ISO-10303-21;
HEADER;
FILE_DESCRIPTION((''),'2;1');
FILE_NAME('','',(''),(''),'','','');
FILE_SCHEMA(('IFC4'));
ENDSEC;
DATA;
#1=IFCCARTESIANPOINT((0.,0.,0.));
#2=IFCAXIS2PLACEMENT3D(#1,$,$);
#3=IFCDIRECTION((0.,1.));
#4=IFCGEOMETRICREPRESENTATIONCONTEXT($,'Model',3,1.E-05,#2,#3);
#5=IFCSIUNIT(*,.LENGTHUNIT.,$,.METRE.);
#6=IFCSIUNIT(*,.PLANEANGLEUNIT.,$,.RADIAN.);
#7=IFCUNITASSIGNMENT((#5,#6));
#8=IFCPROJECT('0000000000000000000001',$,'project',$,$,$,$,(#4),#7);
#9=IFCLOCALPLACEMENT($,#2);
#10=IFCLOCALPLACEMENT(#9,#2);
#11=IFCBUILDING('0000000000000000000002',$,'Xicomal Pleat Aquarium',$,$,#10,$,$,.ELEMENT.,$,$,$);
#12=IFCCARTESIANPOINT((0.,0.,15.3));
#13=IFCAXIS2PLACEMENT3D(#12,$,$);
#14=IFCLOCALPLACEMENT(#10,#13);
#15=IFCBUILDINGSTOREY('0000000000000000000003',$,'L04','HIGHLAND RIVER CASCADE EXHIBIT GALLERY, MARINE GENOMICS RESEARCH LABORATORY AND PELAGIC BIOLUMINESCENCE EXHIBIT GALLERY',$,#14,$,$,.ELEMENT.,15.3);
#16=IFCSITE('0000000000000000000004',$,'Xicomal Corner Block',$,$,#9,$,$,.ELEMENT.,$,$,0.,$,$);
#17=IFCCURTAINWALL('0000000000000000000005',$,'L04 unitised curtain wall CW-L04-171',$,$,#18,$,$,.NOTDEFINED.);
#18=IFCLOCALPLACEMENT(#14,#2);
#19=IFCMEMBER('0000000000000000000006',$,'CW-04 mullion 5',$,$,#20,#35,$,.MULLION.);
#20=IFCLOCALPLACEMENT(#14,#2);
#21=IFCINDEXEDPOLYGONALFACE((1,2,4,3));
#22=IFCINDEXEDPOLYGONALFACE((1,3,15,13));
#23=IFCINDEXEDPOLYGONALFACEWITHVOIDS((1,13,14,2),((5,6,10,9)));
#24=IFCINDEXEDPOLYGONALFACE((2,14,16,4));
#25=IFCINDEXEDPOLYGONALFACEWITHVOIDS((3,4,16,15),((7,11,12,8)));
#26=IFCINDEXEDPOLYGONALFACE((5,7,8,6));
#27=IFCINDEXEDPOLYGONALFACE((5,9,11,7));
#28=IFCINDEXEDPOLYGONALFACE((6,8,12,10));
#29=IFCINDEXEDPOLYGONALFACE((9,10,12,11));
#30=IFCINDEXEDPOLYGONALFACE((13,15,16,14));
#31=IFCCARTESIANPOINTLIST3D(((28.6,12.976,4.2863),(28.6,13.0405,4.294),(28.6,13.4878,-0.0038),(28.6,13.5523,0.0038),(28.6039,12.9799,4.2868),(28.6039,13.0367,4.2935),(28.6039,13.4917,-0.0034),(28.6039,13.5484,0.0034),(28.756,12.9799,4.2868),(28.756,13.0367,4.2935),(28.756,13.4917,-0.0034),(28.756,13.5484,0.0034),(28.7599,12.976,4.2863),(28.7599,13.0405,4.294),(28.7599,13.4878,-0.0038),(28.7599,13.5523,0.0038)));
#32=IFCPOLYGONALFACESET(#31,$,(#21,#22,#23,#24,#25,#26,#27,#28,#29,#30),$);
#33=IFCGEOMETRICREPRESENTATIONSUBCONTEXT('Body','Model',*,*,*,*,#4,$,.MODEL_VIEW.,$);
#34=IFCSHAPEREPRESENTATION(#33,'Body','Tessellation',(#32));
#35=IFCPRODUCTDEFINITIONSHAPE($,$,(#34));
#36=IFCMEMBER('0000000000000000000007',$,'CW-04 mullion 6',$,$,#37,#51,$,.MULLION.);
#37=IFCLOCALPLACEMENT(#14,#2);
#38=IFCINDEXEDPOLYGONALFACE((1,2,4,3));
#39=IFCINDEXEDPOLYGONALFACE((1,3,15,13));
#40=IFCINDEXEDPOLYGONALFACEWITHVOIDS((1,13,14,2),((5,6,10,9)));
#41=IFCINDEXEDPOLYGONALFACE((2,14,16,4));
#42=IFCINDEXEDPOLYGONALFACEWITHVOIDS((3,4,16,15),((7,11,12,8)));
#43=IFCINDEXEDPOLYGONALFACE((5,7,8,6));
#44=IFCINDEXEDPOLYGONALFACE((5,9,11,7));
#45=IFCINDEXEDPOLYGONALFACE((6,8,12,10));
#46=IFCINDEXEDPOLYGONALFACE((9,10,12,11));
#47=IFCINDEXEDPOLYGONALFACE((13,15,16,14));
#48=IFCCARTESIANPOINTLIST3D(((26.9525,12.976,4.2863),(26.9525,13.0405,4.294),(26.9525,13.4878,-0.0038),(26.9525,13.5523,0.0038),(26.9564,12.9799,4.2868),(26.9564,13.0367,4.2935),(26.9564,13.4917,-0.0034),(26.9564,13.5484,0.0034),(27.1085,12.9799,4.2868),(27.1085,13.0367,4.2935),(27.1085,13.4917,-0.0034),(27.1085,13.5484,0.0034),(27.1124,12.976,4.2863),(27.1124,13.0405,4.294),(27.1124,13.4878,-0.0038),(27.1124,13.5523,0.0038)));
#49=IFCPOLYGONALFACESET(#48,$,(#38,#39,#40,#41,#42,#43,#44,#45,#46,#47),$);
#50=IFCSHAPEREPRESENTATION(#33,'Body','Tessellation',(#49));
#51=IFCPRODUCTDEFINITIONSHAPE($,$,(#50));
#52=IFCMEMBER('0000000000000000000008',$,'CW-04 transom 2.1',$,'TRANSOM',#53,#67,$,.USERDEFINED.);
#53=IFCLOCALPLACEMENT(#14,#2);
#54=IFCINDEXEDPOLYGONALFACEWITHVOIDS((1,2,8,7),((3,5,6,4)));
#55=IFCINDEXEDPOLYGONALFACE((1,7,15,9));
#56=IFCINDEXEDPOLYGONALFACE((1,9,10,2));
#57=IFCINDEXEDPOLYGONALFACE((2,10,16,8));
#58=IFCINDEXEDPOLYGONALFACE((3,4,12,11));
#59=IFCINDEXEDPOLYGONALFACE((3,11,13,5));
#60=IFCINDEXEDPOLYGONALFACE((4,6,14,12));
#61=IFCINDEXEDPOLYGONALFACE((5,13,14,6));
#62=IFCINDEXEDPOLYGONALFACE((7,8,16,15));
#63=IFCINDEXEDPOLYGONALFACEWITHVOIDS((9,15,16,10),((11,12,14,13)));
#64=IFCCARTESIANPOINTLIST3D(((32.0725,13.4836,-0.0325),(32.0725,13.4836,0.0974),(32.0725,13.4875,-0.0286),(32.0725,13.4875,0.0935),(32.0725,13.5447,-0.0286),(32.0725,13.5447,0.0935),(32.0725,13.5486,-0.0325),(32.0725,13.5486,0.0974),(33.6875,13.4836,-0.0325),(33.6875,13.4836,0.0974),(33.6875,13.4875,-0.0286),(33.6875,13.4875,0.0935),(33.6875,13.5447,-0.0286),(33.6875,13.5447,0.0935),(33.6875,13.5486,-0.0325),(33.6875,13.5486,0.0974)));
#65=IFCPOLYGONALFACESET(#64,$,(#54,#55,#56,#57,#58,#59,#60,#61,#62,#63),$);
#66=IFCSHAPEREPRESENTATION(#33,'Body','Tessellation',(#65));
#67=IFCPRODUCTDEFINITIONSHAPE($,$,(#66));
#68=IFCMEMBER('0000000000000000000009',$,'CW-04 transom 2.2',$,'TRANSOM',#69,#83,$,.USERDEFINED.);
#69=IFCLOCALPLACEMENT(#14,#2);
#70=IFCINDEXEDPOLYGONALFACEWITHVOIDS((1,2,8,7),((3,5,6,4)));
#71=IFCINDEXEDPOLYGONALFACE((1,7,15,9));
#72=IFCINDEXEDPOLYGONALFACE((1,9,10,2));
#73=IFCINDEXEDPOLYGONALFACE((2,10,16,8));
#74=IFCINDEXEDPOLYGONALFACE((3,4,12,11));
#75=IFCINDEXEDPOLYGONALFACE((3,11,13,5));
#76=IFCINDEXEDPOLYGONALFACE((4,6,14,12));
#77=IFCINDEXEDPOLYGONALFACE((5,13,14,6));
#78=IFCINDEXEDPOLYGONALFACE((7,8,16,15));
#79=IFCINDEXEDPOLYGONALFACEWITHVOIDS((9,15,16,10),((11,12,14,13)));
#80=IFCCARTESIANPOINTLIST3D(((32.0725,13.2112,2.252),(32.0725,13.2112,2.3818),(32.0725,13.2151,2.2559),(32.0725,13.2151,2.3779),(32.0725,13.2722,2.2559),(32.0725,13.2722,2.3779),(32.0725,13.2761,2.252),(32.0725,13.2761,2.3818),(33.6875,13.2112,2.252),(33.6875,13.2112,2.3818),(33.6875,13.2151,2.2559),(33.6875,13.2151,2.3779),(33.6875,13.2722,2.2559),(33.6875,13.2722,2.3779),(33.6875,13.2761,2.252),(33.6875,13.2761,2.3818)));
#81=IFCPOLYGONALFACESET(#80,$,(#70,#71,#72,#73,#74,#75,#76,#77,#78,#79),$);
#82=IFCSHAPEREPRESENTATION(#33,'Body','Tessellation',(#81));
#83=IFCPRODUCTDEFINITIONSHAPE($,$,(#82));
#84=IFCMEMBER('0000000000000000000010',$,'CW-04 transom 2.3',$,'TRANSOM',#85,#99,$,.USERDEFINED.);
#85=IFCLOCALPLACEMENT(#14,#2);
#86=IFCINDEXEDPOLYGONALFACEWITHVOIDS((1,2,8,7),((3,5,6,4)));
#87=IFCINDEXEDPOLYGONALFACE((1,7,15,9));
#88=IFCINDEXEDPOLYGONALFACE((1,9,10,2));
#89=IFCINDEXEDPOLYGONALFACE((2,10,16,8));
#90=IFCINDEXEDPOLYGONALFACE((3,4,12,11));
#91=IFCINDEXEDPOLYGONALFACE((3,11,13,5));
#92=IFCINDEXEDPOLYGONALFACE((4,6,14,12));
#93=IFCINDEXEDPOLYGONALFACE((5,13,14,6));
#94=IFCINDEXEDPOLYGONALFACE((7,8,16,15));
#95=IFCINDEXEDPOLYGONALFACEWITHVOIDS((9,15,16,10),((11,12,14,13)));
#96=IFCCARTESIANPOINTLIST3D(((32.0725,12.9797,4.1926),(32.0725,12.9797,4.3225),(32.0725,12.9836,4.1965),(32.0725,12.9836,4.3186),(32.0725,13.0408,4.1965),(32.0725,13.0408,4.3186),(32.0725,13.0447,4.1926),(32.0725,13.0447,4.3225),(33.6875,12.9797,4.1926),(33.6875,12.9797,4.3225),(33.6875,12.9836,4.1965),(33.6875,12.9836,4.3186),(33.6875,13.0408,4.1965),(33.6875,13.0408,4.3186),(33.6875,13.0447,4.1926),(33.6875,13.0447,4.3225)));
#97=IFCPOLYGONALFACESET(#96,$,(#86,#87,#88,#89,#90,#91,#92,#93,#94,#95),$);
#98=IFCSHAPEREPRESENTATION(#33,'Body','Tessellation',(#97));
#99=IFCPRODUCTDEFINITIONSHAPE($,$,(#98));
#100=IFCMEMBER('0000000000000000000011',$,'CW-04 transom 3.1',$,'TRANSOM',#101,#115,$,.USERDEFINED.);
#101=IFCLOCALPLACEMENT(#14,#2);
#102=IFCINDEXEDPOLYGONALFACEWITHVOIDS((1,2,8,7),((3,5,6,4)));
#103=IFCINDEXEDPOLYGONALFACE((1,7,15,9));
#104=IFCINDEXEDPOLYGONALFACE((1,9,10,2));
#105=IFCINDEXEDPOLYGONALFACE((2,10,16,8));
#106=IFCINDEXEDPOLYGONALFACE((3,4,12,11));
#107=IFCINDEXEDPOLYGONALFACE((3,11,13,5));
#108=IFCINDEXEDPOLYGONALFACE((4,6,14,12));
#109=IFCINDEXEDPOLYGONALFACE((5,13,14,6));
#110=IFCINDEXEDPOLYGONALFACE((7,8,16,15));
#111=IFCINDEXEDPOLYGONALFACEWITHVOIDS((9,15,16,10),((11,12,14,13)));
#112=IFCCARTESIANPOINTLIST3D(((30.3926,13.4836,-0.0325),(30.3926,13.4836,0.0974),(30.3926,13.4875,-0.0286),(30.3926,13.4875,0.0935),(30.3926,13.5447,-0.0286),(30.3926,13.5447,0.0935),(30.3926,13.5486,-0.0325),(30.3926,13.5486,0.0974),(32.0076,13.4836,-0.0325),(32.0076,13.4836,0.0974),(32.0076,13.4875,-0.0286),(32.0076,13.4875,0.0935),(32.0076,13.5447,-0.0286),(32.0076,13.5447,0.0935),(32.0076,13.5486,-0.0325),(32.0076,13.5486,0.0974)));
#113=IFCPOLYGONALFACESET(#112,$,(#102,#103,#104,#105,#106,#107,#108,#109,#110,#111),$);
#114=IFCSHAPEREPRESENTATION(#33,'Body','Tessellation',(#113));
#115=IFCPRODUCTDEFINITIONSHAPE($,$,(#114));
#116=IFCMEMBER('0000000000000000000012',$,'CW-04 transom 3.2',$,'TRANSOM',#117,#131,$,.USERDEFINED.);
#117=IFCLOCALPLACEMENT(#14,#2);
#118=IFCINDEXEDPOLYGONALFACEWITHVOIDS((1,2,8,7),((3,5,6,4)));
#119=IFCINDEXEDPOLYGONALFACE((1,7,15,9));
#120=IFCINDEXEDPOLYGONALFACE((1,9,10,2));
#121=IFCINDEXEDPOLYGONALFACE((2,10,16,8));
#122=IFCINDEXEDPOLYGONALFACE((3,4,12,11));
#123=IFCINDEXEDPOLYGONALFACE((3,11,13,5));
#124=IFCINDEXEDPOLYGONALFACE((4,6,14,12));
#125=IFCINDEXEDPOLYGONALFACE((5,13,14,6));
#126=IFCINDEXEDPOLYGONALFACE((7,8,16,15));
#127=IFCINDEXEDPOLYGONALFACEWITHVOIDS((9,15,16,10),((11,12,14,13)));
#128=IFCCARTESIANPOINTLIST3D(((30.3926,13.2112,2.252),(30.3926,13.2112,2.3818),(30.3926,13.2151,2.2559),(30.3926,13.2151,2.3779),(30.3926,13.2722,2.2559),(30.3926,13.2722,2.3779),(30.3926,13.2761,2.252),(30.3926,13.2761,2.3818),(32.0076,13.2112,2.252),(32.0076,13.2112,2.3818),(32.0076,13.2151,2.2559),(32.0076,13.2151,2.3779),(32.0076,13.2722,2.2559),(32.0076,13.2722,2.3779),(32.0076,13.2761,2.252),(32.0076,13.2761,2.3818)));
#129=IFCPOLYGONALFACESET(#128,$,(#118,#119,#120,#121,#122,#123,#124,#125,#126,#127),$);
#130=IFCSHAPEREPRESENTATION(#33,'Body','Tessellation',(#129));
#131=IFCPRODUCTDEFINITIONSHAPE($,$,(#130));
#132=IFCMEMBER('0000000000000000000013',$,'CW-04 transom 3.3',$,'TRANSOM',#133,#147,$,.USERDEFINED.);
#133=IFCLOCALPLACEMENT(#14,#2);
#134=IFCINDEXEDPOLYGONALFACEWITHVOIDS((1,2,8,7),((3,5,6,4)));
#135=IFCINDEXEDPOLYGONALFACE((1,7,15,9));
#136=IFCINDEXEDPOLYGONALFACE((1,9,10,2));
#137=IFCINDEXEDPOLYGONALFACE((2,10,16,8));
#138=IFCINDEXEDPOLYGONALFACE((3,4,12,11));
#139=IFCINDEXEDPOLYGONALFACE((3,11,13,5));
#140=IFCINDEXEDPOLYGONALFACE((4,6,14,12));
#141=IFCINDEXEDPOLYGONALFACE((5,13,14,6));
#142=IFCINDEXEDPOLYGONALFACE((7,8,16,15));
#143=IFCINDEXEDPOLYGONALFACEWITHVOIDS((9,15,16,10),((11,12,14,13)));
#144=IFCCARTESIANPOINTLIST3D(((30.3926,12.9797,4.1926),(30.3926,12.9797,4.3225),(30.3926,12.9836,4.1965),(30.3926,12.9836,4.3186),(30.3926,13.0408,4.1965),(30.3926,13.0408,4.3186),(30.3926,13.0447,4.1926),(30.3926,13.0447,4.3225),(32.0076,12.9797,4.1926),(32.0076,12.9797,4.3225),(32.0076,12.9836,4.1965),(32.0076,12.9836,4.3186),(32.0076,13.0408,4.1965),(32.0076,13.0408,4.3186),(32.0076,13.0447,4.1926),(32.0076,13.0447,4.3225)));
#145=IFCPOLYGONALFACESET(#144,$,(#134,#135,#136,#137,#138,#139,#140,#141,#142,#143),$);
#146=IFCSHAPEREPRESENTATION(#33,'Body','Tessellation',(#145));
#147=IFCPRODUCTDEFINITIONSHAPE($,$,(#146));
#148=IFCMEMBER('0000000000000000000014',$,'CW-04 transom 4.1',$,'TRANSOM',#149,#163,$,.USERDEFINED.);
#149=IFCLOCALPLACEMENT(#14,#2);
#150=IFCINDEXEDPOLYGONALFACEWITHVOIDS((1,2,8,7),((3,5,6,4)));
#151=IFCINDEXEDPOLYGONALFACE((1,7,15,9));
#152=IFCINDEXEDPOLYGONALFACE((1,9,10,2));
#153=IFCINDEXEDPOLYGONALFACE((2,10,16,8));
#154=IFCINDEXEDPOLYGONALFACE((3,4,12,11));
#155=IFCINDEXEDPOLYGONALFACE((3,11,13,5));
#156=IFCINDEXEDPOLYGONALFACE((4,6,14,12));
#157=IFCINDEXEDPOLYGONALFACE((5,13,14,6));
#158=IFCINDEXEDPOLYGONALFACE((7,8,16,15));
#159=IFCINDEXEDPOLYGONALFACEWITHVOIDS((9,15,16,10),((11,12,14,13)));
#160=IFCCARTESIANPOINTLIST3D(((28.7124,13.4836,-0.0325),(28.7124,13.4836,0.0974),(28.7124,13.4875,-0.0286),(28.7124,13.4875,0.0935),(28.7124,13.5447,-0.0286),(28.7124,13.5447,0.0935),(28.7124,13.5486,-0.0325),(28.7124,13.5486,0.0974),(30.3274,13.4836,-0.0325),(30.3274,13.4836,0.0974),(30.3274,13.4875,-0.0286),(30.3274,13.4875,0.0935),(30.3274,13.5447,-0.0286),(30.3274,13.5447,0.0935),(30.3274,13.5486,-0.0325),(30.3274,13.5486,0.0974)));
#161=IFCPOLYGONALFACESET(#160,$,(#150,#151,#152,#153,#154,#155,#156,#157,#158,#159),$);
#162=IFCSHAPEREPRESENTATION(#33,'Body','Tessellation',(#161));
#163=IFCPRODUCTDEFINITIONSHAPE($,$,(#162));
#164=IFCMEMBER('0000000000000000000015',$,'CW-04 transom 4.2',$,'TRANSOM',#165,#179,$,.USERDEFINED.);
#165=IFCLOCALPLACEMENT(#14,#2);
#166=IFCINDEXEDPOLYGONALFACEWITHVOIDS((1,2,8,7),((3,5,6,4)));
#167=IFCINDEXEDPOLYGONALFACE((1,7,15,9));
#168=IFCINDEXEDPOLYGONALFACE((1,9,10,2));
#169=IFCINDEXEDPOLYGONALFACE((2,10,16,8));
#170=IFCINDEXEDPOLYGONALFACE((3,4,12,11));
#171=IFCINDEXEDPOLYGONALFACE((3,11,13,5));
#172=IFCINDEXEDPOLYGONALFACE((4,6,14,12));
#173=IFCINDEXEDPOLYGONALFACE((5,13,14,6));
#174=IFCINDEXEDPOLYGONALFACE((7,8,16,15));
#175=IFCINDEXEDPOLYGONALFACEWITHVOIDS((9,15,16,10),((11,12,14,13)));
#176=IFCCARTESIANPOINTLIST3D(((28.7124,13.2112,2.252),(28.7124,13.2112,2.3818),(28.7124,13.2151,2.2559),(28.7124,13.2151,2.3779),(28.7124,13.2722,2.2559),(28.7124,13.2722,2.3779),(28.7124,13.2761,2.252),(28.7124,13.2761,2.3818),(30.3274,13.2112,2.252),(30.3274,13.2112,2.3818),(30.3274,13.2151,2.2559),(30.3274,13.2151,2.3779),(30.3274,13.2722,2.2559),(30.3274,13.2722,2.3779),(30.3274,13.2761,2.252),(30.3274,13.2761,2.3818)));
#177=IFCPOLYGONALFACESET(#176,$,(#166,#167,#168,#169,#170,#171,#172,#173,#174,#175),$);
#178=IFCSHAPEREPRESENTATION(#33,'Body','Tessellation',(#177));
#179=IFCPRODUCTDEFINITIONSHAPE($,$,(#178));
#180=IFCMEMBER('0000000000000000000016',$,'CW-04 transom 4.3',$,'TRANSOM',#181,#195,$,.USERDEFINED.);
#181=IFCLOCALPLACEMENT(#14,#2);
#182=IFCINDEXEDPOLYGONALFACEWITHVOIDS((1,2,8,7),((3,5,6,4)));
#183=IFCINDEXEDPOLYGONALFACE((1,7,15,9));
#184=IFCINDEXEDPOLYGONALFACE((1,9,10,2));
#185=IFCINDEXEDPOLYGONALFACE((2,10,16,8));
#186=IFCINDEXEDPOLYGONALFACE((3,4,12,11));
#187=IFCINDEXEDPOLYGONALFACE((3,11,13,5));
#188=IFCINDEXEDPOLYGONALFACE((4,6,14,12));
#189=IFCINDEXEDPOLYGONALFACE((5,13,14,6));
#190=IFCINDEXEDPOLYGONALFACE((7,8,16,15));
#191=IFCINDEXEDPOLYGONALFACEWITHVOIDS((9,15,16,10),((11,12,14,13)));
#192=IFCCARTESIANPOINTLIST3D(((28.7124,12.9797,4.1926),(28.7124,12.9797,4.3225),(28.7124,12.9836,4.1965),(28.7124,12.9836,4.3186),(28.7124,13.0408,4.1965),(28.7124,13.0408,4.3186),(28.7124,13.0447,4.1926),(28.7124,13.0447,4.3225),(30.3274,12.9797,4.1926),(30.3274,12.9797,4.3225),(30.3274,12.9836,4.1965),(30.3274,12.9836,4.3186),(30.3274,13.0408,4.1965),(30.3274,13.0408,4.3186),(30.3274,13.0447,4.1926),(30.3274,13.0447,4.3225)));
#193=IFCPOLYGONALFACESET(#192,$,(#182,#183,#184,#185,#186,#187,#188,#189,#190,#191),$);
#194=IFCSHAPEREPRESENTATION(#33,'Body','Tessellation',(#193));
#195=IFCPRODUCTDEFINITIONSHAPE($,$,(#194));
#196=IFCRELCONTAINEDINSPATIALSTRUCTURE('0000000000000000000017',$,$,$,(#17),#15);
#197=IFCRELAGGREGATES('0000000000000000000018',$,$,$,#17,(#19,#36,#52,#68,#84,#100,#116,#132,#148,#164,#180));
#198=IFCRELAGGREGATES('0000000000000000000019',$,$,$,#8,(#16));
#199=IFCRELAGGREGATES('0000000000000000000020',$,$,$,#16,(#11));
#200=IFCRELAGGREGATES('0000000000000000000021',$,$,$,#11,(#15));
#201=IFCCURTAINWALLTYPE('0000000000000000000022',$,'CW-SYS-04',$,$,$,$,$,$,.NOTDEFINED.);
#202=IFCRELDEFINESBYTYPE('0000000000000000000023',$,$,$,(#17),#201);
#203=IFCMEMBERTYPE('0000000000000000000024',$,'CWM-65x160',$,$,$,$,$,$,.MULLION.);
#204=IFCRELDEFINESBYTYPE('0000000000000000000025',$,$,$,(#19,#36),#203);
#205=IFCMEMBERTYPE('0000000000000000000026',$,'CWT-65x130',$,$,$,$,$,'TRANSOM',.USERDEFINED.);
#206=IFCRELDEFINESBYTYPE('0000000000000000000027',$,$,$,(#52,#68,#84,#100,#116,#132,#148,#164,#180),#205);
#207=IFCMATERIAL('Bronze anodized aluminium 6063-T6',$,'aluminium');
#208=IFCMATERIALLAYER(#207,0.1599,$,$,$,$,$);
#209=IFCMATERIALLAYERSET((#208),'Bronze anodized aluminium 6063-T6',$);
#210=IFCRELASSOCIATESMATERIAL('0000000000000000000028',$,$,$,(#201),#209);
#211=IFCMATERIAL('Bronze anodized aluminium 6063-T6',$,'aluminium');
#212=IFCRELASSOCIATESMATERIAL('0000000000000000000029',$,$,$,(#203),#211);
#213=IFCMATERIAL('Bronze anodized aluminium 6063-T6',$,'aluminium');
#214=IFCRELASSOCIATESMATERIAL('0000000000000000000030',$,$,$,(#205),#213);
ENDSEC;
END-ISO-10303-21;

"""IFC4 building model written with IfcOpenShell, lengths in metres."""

from ifc_helpers import new_model, si_unit, direction, frame, origin, origin_2d, place, context, subcontext, project, spatial, hollow_rectangle, extrude, material, layer, layer_set, material_profile, profile_set, type_object, element, aggregate, save


model = new_model("IFC4")

# Units and contexts
model_context = context("Model", 3, precision=1e-05, world=origin(), true_north=direction((0.0, 1.0)))
body_context = subcontext(model_context, "Body", "Model", "MODEL_VIEW")
ifc_project = project(units=[si_unit("LENGTHUNIT", "METRE"), si_unit("PLANEANGLEUNIT", "RADIAN")], contexts=[model_context])

# Site, building, storey
site_placement = place(None, origin())
site = spatial("IfcSite", under=ifc_project, at=site_placement, Name="Xicomal Corner Block", CompositionType="ELEMENT", RefElevation=0.0)
building_placement = place(site_placement, origin())
building = spatial("IfcBuilding", under=site, at=building_placement, Name="Xicomal Pleat Aquarium", CompositionType="ELEMENT")
storey_placement = place(building_placement, frame((0.0, 0.0, 15.3)))
storey = spatial("IfcBuildingStorey", under=building, at=storey_placement, Name="L04", Description="HIGHLAND RIVER CASCADE EXHIBIT GALLERY, MARINE GENOMICS RESEARCH LABORATORY AND PELAGIC BIOLUMINESCENCE EXHIBIT GALLERY", CompositionType="ELEMENT", Elevation=15.3)

# Curtain wall, members
ifc_material_1 = material(Name="Bronze anodized aluminium 6063-T6", Category="aluminium")
ifc_layer_1 = layer(ifc_material_1, 0.1599)
ifc_layer_set_1 = layer_set([ifc_layer_1], Name="Bronze anodized aluminium 6063-T6")
curtain_wall_type = type_object("IfcCurtainWallType", Name="CW-SYS-04", PredefinedType="NOTDEFINED", material=ifc_layer_set_1)
curtain_wall_placement = place(storey_placement, origin())
curtain_wall = element("IfcCurtainWall", 1, at=curtain_wall_placement, inside=storey, type_object=curtain_wall_type, Name="L04 unitised curtain wall CW-L04-171", PredefinedType="NOTDEFINED")
ifc_material_2 = material(Name="Bronze anodized aluminium 6063-T6", Category="aluminium")
ifc_material_profile_1 = material_profile(ifc_material_2, hollow_rectangle(XDim=0.0649, YDim=0.1599, WallThickness=0.0039, at=origin_2d()), Name="ALU MULL 65x160")
ifc_profile_set_1 = profile_set([ifc_material_profile_1], Name="Bronze anodized aluminium 6063-T6")
member_type_1 = type_object("IfcMemberType", Name="CWM-65x160", PredefinedType="MULLION", material=ifc_profile_set_1)
member_1_placement = place(storey_placement, frame((28.6799, 13.52, 0.0), z_axis=(0.0, -0.118441, 0.992961), x_axis=(0.0, -0.992961, -0.118441)))
member_1 = element("IfcMember", 2, at=member_1_placement, type_object=member_type_1, Name="CW-04 mullion 5", PredefinedType="MULLION", context=body_context, shape_type="SweptSolid", body=[
    extrude(hollow_rectangle(XDim=0.0649, YDim=0.1599, WallThickness=0.0039, at=origin_2d()), origin(), (0.0, 0.0, 1.0), 4.3206),
])
member_2_placement = place(storey_placement, frame((27.0325, 13.52, 0.0), z_axis=(0.0, -0.118441, 0.992961), x_axis=(0.0, -0.992961, -0.118441)))
member_2 = element("IfcMember", 3, at=member_2_placement, type_object=member_type_1, Name="CW-04 mullion 6", PredefinedType="MULLION", context=body_context, shape_type="SweptSolid", body=[
    extrude(hollow_rectangle(XDim=0.0649, YDim=0.1599, WallThickness=0.0039, at=origin_2d()), origin(), (0.0, 0.0, 1.0), 4.3206),
])
ifc_material_3 = material(Name="Bronze anodized aluminium 6063-T6", Category="aluminium")
ifc_material_profile_2 = material_profile(ifc_material_3, hollow_rectangle(XDim=0.0649, YDim=0.1299, WallThickness=0.0039, at=origin_2d()), Name="ALU TRAN 65x130")
ifc_profile_set_2 = profile_set([ifc_material_profile_2], Name="Bronze anodized aluminium 6063-T6")
member_type_2 = type_object("IfcMemberType", Name="CWT-65x130", ElementType="TRANSOM", PredefinedType="USERDEFINED", material=ifc_profile_set_2)
member_3_placement = place(storey_placement, frame((33.6875, 13.5161, 0.0325), z_axis=(-1.0, 0.0, 0.0), x_axis=(0.0, -1.0, 0.0)))
member_3 = element("IfcMember", 4, at=member_3_placement, type_object=member_type_2, Name="CW-04 transom 2.1", ObjectType="TRANSOM", PredefinedType="USERDEFINED", context=body_context, shape_type="SweptSolid", body=[
    extrude(hollow_rectangle(XDim=0.0649, YDim=0.1299, WallThickness=0.0039, at=origin_2d()), origin(), (0.0, 0.0, 1.0), 1.615),
])
member_4_placement = place(storey_placement, frame((33.6875, 13.2437, 2.3169), z_axis=(-1.0, 0.0, 0.0), x_axis=(0.0, -1.0, 0.0)))
member_4 = element("IfcMember", 5, at=member_4_placement, type_object=member_type_2, Name="CW-04 transom 2.2", ObjectType="TRANSOM", PredefinedType="USERDEFINED", context=body_context, shape_type="SweptSolid", body=[
    extrude(hollow_rectangle(XDim=0.0649, YDim=0.1299, WallThickness=0.0039, at=origin_2d()), origin(), (0.0, 0.0, 1.0), 1.615),
])
member_5_placement = place(storey_placement, frame((33.6875, 13.0122, 4.2576), z_axis=(-1.0, 0.0, 0.0), x_axis=(0.0, -1.0, 0.0)))
member_5 = element("IfcMember", 6, at=member_5_placement, type_object=member_type_2, Name="CW-04 transom 2.3", ObjectType="TRANSOM", PredefinedType="USERDEFINED", context=body_context, shape_type="SweptSolid", body=[
    extrude(hollow_rectangle(XDim=0.0649, YDim=0.1299, WallThickness=0.0039, at=origin_2d()), origin(), (0.0, 0.0, 1.0), 1.615),
])
member_6_placement = place(storey_placement, frame((32.0076, 13.5161, 0.0325), z_axis=(-1.0, 0.0, 0.0), x_axis=(0.0, -1.0, 0.0)))
member_6 = element("IfcMember", 7, at=member_6_placement, type_object=member_type_2, Name="CW-04 transom 3.1", ObjectType="TRANSOM", PredefinedType="USERDEFINED", context=body_context, shape_type="SweptSolid", body=[
    extrude(hollow_rectangle(XDim=0.0649, YDim=0.1299, WallThickness=0.0039, at=origin_2d()), origin(), (0.0, 0.0, 1.0), 1.615),
])
member_7_placement = place(storey_placement, frame((32.0076, 13.2437, 2.3169), z_axis=(-1.0, 0.0, 0.0), x_axis=(0.0, -1.0, 0.0)))
member_7 = element("IfcMember", 8, at=member_7_placement, type_object=member_type_2, Name="CW-04 transom 3.2", ObjectType="TRANSOM", PredefinedType="USERDEFINED", context=body_context, shape_type="SweptSolid", body=[
    extrude(hollow_rectangle(XDim=0.0649, YDim=0.1299, WallThickness=0.0039, at=origin_2d()), origin(), (0.0, 0.0, 1.0), 1.615),
])
member_8_placement = place(storey_placement, frame((32.0076, 13.0122, 4.2576), z_axis=(-1.0, 0.0, 0.0), x_axis=(0.0, -1.0, 0.0)))
member_8 = element("IfcMember", 9, at=member_8_placement, type_object=member_type_2, Name="CW-04 transom 3.3", ObjectType="TRANSOM", PredefinedType="USERDEFINED", context=body_context, shape_type="SweptSolid", body=[
    extrude(hollow_rectangle(XDim=0.0649, YDim=0.1299, WallThickness=0.0039, at=origin_2d()), origin(), (0.0, 0.0, 1.0), 1.615),
])
member_9_placement = place(storey_placement, frame((30.3274, 13.5161, 0.0325), z_axis=(-1.0, 0.0, 0.0), x_axis=(0.0, -1.0, 0.0)))
member_9 = element("IfcMember", 10, at=member_9_placement, type_object=member_type_2, Name="CW-04 transom 4.1", ObjectType="TRANSOM", PredefinedType="USERDEFINED", context=body_context, shape_type="SweptSolid", body=[
    extrude(hollow_rectangle(XDim=0.0649, YDim=0.1299, WallThickness=0.0039, at=origin_2d()), origin(), (0.0, 0.0, 1.0), 1.615),
])
member_10_placement = place(storey_placement, frame((30.3274, 13.2437, 2.3169), z_axis=(-1.0, 0.0, 0.0), x_axis=(0.0, -1.0, 0.0)))
member_10 = element("IfcMember", 11, at=member_10_placement, type_object=member_type_2, Name="CW-04 transom 4.2", ObjectType="TRANSOM", PredefinedType="USERDEFINED", context=body_context, shape_type="SweptSolid", body=[
    extrude(hollow_rectangle(XDim=0.0649, YDim=0.1299, WallThickness=0.0039, at=origin_2d()), origin(), (0.0, 0.0, 1.0), 1.615),
])
member_11_placement = place(storey_placement, frame((30.3274, 13.0122, 4.2576), z_axis=(-1.0, 0.0, 0.0), x_axis=(0.0, -1.0, 0.0)))
member_11 = element("IfcMember", 12, at=member_11_placement, type_object=member_type_2, Name="CW-04 transom 4.3", ObjectType="TRANSOM", PredefinedType="USERDEFINED", context=body_context, shape_type="SweptSolid", body=[
    extrude(hollow_rectangle(XDim=0.0649, YDim=0.1299, WallThickness=0.0039, at=origin_2d()), origin(), (0.0, 0.0, 1.0), 1.615),
])
aggregate(curtain_wall, [member_1, member_2, member_3, member_4, member_5, member_6, member_7, member_8, member_9, member_10, member_11])

save(model, "model.ifc")
